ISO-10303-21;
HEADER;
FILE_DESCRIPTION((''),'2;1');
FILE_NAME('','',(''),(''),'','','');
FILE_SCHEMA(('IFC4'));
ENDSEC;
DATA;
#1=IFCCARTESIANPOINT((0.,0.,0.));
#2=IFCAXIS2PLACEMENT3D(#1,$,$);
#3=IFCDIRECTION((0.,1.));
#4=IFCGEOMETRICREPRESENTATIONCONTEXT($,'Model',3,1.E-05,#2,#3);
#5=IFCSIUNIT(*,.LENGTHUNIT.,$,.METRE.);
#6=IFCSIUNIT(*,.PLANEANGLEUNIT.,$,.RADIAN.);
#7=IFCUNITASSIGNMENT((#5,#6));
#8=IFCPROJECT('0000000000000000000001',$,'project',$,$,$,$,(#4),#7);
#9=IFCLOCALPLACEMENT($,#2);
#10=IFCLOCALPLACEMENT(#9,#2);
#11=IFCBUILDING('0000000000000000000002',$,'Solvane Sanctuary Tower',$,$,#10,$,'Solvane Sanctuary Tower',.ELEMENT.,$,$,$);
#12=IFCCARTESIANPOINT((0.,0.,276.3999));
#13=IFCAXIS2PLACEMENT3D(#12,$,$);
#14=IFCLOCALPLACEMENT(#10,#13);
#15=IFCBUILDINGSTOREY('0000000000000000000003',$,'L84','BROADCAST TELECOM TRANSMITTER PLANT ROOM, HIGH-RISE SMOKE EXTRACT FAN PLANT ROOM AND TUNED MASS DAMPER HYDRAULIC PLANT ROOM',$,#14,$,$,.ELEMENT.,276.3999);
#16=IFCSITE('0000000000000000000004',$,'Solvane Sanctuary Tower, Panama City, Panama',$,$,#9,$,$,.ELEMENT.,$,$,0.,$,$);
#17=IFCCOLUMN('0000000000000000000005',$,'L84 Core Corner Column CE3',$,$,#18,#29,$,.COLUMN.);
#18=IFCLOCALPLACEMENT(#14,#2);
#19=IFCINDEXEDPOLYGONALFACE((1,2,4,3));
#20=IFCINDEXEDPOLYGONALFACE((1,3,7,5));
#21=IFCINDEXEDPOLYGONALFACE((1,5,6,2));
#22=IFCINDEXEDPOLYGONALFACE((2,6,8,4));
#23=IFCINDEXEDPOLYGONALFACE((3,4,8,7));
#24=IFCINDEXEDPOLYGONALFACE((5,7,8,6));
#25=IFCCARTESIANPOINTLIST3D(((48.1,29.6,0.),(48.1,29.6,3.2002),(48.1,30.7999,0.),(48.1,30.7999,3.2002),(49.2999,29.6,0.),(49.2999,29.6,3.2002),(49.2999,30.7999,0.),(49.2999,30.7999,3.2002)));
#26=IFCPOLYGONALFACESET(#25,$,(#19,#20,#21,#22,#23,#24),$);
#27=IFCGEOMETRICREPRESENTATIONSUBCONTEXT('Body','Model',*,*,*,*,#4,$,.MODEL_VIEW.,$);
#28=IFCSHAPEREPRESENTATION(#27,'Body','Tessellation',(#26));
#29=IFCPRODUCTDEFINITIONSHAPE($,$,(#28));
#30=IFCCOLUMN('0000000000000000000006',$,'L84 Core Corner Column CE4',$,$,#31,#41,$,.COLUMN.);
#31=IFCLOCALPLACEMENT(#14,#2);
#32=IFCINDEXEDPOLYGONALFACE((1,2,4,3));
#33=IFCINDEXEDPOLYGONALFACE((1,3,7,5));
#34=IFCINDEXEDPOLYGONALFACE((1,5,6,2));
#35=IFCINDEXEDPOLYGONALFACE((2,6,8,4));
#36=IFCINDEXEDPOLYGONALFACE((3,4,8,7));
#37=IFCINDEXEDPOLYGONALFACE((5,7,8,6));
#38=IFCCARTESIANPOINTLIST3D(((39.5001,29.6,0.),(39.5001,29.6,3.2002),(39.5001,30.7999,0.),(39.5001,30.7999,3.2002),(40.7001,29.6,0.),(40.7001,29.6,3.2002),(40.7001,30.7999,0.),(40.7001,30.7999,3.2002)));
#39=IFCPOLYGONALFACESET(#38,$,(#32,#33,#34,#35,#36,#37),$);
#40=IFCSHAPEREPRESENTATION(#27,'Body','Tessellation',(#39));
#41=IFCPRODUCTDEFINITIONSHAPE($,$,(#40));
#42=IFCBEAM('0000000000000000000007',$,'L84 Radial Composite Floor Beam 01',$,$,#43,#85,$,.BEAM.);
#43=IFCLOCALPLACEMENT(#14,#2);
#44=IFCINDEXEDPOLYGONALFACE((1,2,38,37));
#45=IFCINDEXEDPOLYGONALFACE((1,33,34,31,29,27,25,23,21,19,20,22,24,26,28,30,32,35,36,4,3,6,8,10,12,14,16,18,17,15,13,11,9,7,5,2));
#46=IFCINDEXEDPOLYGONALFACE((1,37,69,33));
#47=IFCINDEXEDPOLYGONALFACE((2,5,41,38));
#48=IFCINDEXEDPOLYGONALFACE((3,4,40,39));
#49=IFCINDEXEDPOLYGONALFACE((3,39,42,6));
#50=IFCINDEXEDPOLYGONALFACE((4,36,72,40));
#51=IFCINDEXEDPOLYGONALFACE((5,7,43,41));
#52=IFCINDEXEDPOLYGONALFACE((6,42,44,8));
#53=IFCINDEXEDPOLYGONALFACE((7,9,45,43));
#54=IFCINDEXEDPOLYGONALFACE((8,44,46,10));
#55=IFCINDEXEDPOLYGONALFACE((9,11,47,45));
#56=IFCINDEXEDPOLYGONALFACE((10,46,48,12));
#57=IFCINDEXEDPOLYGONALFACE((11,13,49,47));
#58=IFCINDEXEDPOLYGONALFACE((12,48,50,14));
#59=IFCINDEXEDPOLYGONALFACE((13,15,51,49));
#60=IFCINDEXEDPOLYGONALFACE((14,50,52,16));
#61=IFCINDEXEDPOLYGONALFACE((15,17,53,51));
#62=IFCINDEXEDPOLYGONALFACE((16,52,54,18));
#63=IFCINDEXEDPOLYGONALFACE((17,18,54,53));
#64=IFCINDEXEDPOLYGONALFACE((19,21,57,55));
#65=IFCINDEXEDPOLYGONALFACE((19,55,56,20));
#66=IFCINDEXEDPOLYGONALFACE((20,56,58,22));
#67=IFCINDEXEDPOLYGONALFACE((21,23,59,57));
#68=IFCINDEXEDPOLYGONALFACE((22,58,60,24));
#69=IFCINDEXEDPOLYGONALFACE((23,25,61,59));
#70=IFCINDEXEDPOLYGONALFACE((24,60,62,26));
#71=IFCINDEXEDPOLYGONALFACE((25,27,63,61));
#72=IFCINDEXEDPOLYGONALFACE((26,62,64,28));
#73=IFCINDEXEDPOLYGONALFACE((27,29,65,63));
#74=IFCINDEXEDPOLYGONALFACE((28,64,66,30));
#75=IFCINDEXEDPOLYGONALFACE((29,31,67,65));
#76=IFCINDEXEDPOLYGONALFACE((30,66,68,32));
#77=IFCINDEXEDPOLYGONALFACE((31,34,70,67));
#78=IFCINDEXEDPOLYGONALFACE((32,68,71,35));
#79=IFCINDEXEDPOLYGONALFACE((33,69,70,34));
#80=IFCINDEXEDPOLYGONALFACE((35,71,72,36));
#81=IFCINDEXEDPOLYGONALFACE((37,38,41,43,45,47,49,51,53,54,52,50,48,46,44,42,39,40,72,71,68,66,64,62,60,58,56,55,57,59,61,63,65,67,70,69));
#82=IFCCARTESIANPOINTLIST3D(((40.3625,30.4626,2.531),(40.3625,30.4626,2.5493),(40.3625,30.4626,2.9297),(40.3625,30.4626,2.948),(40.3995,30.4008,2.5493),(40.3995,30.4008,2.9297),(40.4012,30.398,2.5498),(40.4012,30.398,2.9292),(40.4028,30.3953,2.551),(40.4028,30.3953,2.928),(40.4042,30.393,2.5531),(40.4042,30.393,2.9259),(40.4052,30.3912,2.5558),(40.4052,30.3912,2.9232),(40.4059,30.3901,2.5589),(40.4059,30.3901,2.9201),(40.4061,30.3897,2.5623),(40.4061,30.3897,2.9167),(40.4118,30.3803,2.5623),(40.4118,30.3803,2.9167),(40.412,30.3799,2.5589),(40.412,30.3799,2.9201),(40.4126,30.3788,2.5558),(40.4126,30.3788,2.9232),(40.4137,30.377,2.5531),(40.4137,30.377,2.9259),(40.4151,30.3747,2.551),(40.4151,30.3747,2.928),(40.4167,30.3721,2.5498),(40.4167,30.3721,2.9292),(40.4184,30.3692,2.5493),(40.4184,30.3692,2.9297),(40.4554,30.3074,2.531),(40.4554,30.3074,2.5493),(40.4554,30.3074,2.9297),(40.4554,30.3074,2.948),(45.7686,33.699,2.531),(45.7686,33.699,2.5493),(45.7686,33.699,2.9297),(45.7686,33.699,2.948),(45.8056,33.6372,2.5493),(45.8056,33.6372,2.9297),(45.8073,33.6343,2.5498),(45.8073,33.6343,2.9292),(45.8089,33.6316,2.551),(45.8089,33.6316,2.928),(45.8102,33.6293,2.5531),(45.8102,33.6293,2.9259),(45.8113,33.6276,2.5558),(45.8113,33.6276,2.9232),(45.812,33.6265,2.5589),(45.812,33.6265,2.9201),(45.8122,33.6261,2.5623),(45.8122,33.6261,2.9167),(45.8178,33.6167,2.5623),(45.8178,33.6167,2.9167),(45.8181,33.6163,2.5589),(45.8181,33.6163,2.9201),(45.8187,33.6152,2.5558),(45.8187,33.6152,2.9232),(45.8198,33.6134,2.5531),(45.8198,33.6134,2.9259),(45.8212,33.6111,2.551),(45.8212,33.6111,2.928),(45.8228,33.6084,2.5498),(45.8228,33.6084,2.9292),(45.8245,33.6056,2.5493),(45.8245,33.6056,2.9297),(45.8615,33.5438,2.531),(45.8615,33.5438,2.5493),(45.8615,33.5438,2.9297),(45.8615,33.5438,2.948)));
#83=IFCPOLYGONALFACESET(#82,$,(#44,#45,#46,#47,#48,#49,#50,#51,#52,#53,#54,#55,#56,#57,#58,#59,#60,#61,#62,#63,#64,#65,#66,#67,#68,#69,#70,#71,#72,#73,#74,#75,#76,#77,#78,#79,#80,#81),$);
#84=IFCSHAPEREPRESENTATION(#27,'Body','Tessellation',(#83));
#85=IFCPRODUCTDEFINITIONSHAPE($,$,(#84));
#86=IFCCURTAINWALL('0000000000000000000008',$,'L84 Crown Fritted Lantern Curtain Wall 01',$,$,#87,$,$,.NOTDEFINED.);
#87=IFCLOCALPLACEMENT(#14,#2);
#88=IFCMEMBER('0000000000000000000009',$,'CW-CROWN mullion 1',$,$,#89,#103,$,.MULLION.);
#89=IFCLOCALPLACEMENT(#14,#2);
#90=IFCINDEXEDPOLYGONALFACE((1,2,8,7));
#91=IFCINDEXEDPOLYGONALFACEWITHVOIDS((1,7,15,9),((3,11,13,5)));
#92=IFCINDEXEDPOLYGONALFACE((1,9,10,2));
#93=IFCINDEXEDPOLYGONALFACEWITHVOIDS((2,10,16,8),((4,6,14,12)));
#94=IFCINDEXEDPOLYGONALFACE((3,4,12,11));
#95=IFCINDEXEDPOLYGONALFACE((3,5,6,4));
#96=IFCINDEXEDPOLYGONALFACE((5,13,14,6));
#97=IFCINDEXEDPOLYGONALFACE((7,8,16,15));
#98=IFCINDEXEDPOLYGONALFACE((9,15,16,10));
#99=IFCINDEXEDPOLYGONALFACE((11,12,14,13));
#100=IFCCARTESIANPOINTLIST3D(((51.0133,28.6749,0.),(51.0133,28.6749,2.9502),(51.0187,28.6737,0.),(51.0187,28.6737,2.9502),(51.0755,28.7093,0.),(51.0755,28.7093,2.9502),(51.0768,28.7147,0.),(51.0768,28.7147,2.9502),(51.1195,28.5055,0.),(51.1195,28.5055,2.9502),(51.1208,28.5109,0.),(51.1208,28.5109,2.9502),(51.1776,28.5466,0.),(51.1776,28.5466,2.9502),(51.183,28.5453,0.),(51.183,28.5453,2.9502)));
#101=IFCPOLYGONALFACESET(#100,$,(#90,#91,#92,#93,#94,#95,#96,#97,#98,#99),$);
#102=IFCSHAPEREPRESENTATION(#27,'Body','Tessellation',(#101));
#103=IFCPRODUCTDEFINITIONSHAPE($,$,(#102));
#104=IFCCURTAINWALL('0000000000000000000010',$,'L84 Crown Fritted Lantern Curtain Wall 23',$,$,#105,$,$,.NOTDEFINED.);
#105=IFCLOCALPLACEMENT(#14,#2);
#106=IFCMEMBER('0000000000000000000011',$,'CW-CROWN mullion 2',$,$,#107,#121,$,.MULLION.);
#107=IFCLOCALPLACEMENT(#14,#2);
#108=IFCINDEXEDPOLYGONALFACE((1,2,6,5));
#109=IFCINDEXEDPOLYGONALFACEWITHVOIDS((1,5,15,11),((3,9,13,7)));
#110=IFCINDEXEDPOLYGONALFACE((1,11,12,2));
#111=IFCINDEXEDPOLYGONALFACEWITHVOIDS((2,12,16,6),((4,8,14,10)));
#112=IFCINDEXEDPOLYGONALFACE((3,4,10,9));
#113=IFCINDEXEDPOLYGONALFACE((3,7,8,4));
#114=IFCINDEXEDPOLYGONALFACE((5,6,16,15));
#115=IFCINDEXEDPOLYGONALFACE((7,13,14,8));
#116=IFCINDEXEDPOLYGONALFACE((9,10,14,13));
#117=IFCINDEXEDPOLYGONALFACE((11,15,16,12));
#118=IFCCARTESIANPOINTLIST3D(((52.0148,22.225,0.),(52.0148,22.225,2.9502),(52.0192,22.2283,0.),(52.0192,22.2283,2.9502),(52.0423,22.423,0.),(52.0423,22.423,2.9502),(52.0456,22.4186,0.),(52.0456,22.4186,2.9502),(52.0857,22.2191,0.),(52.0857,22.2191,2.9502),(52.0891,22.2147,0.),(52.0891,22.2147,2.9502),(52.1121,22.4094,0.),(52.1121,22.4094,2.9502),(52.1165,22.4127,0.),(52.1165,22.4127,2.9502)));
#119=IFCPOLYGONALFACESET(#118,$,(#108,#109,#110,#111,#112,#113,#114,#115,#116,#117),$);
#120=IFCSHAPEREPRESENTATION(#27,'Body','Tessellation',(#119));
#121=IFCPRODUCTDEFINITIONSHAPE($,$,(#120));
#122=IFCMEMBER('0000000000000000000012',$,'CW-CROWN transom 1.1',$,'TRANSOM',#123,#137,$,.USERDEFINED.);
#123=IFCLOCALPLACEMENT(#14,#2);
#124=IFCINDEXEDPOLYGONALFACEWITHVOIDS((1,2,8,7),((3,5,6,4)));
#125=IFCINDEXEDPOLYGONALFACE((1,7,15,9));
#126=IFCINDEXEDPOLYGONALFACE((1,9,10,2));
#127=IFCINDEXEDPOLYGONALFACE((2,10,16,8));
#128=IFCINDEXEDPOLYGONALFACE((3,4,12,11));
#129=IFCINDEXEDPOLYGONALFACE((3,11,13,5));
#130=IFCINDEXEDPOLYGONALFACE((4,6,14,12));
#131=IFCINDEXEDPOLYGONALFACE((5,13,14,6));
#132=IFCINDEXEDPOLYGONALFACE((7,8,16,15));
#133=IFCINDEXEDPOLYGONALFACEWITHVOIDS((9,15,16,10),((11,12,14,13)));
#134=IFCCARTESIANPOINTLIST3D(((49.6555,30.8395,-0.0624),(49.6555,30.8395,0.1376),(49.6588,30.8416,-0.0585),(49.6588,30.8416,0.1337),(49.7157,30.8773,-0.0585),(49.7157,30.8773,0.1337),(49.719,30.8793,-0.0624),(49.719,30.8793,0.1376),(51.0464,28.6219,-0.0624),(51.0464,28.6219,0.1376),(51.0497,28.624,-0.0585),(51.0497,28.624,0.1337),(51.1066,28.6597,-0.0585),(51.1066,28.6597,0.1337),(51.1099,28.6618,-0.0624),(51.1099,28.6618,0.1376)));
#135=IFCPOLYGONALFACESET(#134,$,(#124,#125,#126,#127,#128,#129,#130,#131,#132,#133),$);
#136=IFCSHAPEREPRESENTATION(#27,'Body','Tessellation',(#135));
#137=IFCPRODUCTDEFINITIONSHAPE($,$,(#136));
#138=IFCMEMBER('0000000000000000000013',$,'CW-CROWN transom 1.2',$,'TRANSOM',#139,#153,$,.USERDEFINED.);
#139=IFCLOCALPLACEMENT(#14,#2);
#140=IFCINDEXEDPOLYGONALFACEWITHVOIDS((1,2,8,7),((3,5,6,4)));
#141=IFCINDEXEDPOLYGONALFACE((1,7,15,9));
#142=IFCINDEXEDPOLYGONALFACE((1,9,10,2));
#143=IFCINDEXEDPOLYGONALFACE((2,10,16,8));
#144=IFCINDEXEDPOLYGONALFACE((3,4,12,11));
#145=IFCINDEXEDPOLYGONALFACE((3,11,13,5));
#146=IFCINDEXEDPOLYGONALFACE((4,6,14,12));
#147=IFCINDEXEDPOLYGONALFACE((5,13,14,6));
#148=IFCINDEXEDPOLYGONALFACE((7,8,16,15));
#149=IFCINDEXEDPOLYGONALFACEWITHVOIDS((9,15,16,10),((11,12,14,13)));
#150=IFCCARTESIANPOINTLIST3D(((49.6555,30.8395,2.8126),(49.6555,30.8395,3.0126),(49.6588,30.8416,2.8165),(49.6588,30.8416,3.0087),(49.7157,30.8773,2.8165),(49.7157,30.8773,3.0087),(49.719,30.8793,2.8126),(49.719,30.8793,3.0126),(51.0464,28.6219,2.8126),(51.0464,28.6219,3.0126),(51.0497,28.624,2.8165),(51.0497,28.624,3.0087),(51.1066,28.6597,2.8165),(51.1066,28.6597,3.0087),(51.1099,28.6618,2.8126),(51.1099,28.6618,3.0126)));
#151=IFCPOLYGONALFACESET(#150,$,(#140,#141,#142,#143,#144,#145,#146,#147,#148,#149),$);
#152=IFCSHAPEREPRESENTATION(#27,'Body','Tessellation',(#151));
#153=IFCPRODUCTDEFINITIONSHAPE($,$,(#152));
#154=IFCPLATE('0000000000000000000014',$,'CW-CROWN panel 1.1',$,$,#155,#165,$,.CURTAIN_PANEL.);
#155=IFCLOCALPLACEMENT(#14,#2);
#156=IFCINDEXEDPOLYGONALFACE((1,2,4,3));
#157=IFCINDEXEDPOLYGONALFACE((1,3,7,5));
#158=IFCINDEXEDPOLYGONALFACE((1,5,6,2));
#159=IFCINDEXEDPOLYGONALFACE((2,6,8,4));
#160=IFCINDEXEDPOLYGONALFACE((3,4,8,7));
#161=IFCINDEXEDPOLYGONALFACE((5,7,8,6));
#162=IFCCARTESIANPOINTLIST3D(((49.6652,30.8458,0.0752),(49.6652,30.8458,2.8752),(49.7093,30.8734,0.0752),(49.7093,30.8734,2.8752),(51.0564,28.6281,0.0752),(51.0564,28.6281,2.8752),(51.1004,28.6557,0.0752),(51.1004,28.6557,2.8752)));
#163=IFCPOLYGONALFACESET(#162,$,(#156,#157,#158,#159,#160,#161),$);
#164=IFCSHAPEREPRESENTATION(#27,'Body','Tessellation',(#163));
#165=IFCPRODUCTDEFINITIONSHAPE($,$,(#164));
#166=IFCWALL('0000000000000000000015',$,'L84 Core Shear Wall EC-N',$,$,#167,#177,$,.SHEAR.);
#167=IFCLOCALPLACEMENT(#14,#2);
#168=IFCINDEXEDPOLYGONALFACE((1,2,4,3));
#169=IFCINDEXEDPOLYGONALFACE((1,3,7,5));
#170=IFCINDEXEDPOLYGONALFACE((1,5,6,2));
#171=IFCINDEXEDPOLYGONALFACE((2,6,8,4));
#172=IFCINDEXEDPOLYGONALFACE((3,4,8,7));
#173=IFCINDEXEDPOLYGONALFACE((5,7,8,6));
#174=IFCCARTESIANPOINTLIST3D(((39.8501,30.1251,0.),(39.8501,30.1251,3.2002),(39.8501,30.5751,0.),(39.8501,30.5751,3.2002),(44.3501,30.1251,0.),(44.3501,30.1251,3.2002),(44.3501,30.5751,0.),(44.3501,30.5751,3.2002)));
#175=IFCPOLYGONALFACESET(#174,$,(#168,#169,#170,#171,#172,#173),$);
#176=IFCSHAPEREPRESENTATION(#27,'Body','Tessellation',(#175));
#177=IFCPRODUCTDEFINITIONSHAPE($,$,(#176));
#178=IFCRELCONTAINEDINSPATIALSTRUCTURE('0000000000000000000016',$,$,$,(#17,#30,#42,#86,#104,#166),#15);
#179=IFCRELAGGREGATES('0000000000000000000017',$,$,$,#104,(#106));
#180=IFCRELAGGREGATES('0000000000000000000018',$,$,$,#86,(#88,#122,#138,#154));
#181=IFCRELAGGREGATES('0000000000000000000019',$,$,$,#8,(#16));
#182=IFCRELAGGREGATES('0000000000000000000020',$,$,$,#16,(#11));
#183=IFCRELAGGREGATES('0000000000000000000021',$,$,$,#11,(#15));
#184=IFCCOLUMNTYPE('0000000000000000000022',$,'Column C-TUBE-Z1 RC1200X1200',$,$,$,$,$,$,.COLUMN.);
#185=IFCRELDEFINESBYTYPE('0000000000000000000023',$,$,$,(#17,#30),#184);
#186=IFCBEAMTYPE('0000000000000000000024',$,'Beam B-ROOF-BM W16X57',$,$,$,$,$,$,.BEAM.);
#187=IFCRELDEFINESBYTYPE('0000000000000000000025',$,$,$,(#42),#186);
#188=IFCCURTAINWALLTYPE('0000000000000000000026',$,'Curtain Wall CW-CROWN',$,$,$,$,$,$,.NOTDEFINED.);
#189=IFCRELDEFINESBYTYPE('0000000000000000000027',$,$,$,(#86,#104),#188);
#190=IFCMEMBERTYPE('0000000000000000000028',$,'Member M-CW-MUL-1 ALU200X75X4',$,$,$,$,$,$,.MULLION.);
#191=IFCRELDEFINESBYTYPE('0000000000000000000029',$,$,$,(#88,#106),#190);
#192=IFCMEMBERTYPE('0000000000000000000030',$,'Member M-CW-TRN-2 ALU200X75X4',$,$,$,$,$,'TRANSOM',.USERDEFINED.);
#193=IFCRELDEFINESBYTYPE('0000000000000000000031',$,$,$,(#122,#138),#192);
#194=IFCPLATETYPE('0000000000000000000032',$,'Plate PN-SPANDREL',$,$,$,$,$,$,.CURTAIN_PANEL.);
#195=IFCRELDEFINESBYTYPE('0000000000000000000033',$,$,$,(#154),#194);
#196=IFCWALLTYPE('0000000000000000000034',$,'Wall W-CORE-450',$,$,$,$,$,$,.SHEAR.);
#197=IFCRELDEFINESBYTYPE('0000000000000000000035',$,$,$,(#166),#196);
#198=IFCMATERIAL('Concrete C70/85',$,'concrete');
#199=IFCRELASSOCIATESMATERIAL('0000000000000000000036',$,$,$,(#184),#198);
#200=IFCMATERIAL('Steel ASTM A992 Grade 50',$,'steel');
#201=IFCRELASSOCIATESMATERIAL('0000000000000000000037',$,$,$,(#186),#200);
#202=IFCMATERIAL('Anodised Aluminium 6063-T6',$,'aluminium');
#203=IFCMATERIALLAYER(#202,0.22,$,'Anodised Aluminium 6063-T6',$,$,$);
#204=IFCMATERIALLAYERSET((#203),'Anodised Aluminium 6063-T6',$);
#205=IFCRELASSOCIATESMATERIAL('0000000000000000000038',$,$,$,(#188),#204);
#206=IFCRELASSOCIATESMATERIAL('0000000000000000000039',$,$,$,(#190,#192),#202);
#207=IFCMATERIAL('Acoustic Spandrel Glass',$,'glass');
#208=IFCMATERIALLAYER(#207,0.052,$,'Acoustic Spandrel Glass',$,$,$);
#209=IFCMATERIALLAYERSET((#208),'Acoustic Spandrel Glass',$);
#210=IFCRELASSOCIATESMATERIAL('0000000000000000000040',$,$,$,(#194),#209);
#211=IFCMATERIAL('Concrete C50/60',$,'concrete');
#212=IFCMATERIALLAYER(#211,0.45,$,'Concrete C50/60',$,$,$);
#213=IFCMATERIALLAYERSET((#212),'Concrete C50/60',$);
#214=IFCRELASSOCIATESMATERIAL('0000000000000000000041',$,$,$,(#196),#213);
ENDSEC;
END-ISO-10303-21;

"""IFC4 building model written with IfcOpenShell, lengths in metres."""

from ifc_helpers import new_model, si_unit, direction, frame, frame_2d, origin, origin_2d, place, context, subcontext, project, spatial, rectangle, hollow_rectangle, i_section, extrude, material, layer, layer_set, material_profile, profile_set, type_object, element, aggregate, save


model = new_model("IFC4")

# Units and contexts
model_context = context("Model", 3, precision=1e-05, world=origin(), true_north=direction((0.0, 1.0)))
body_context = subcontext(model_context, "Body", "Model", "MODEL_VIEW")
ifc_project = project(units=[si_unit("LENGTHUNIT", "METRE"), si_unit("PLANEANGLEUNIT", "RADIAN")], contexts=[model_context])

# Site, building, storey
site_placement = place(None, origin())
site = spatial("IfcSite", under=ifc_project, at=site_placement, Name="Solvane Sanctuary Tower, Panama City, Panama", CompositionType="ELEMENT", RefElevation=0.0)
building_placement = place(site_placement, origin())
building = spatial("IfcBuilding", under=site, at=building_placement, Name="Solvane Sanctuary Tower", LongName="Solvane Sanctuary Tower", CompositionType="ELEMENT")
storey_placement = place(building_placement, frame((0.0, 0.0, 276.3999)))
storey = spatial("IfcBuildingStorey", under=building, at=storey_placement, Name="L84", Description="BROADCAST TELECOM TRANSMITTER PLANT ROOM, HIGH-RISE SMOKE EXTRACT FAN PLANT ROOM AND TUNED MASS DAMPER HYDRAULIC PLANT ROOM", CompositionType="ELEMENT", Elevation=276.3999)

# Columns
ifc_material_1 = material(Name="Concrete C70/85", Category="concrete")
ifc_material_profile_1 = material_profile(ifc_material_1, rectangle(XDim=1.2, YDim=1.2, at=origin_2d()), Name="RC1200X1200")
ifc_profile_set_1 = profile_set([ifc_material_profile_1], Name="Concrete C70/85")
column_type = type_object("IfcColumnType", Name="Column C-TUBE-Z1 RC1200X1200", PredefinedType="COLUMN", material=ifc_profile_set_1)
for number, where, z_axis, x_axis, name in (
    (1, (48.7, 30.2, 0.0), (0.0, 0.0, 1.0), (1.0, 0.0, 0.0), "L84 Core Corner Column CE3"),
    (2, (40.1001, 30.2, 0.0), (0.0, 0.0, 1.0), (1.0, 0.0, 0.0), "L84 Core Corner Column CE4"),
):
    element("IfcColumn", number, at=place(storey_placement, frame(where, z_axis=z_axis, x_axis=x_axis)), inside=storey, type_object=column_type, Name=name, PredefinedType="COLUMN", context=body_context, shape_type="SweptSolid", body=[
        extrude(rectangle(XDim=1.2, YDim=1.2, at=origin_2d()), origin(), (0.0, 0.0, 1.0), 3.2002),
    ])

# Beam
ifc_material_2 = material(Name="Steel ASTM A992 Grade 50", Category="steel")
ifc_material_profile_2 = material_profile(ifc_material_2, i_section(OverallWidth=0.1809, OverallDepth=0.417, WebThickness=0.011, FlangeThickness=0.0183, FilletRadius=0.0129, at=origin_2d()), Name="W16X57")
ifc_profile_set_2 = profile_set([ifc_material_profile_2], Name="Steel ASTM A992 Grade 50")
beam_type = type_object("IfcBeamType", Name="Beam B-ROOF-BM W16X57", PredefinedType="BEAM", material=ifc_profile_set_2)
beam_placement = place(storey_placement, frame((40.4089, 30.385, 2.7395), z_axis=(0.858002, 0.513646, 0.0), x_axis=(-0.513646, 0.858002, 0.0)))
element("IfcBeam", 3, at=beam_placement, inside=storey, type_object=beam_type, Name="L84 Radial Composite Floor Beam 01", PredefinedType="BEAM", context=body_context, shape_type="SweptSolid", body=[
    extrude(i_section(OverallWidth=0.1809, OverallDepth=0.417, WebThickness=0.011, FlangeThickness=0.0183, FilletRadius=0.0129, at=origin_2d()), origin(), (0.0, 0.0, 1.0), 6.3008),
])

# Curtain walls, members
ifc_material_3 = material(Name="Anodised Aluminium 6063-T6", Category="aluminium")
ifc_layer_1 = layer(ifc_material_3, 0.22, Name="Anodised Aluminium 6063-T6")
ifc_layer_set_1 = layer_set([ifc_layer_1], Name="Anodised Aluminium 6063-T6")
curtain_wall_type = type_object("IfcCurtainWallType", Name="Curtain Wall CW-CROWN", PredefinedType="NOTDEFINED", material=ifc_layer_set_1)
curtain_wall_1_placement = place(storey_placement, origin())
curtain_wall_1 = element("IfcCurtainWall", 4, at=curtain_wall_1_placement, inside=storey, type_object=curtain_wall_type, Name="L84 Crown Fritted Lantern Curtain Wall 01", PredefinedType="NOTDEFINED")
ifc_material_profile_3 = material_profile(ifc_material_3, hollow_rectangle(XDim=0.075, YDim=0.2, WallThickness=0.0039, at=origin_2d()), Name="ALU200X75X4")
ifc_profile_set_3 = profile_set([ifc_material_profile_3], Name="Anodised Aluminium 6063-T6")
member_type_1 = type_object("IfcMemberType", Name="Member M-CW-MUL-1 ALU200X75X4", PredefinedType="MULLION", material=ifc_profile_set_3)
member_1_placement = place(storey_placement, frame((51.0981, 28.6101, 0.0), z_axis=(0.0, 0.0, 1.0), x_axis=(-0.847126, -0.531391, 0.0)))
member_1 = element("IfcMember", 5, at=member_1_placement, type_object=member_type_1, Name="CW-CROWN mullion 1", PredefinedType="MULLION", context=body_context, shape_type="SweptSolid", body=[
    extrude(hollow_rectangle(XDim=0.075, YDim=0.2, WallThickness=0.0039, at=origin_2d()), origin(), (0.0, 0.0, 1.0), 2.9502),
])
curtain_wall_2_placement = place(storey_placement, origin())
curtain_wall_2 = element("IfcCurtainWall", 6, at=curtain_wall_2_placement, inside=storey, type_object=curtain_wall_type, Name="L84 Crown Fritted Lantern Curtain Wall 23", PredefinedType="NOTDEFINED")
member_2_placement = place(storey_placement, frame((52.0657, 22.3188, 0.0), z_axis=(0.0, 0.0, 1.0), x_axis=(-0.99054, 0.137223, 0.0)))
member_2 = element("IfcMember", 7, at=member_2_placement, type_object=member_type_1, Name="CW-CROWN mullion 2", PredefinedType="MULLION", context=body_context, shape_type="SweptSolid", body=[
    extrude(hollow_rectangle(XDim=0.075, YDim=0.2, WallThickness=0.0039, at=origin_2d()), origin(), (0.0, 0.0, 1.0), 2.9502),
])
aggregate(curtain_wall_2, [member_2])

# Members
ifc_material_profile_4 = material_profile(ifc_material_3, hollow_rectangle(XDim=0.075, YDim=0.2, WallThickness=0.0039, at=origin_2d()), Name="ALU200X75X4")
ifc_profile_set_4 = profile_set([ifc_material_profile_4], Name="Anodised Aluminium 6063-T6")
member_type_2 = type_object("IfcMemberType", Name="Member M-CW-TRN-2 ALU200X75X4", ElementType="TRANSOM", PredefinedType="USERDEFINED", material=ifc_profile_set_4)
member_3_placement = place(storey_placement, frame((51.0781, 28.6418, 0.0376), z_axis=(-0.531348, 0.847154, 0.0), x_axis=(-0.847154, -0.531348, 0.0)))
member_3 = element("IfcMember", 8, at=member_3_placement, type_object=member_type_2, Name="CW-CROWN transom 1.1", ObjectType="TRANSOM", PredefinedType="USERDEFINED", context=body_context, shape_type="SweptSolid", body=[
    extrude(hollow_rectangle(XDim=0.075, YDim=0.2, WallThickness=0.0039, at=origin_2d()), origin(), (0.0, 0.0, 1.0), 2.6177),
])
member_4_placement = place(storey_placement, frame((51.0781, 28.6418, 2.9126), z_axis=(-0.531348, 0.847154, 0.0), x_axis=(-0.847154, -0.531348, 0.0)))
member_4 = element("IfcMember", 9, at=member_4_placement, type_object=member_type_2, Name="CW-CROWN transom 1.2", ObjectType="TRANSOM", PredefinedType="USERDEFINED", context=body_context, shape_type="SweptSolid", body=[
    extrude(hollow_rectangle(XDim=0.075, YDim=0.2, WallThickness=0.0039, at=origin_2d()), origin(), (0.0, 0.0, 1.0), 2.6177),
])

# Plate
ifc_material_4 = material(Name="Acoustic Spandrel Glass", Category="glass")
ifc_layer_2 = layer(ifc_material_4, 0.052, Name="Acoustic Spandrel Glass")
ifc_layer_set_2 = layer_set([ifc_layer_2], Name="Acoustic Spandrel Glass")
plate_type = type_object("IfcPlateType", Name="Plate PN-SPANDREL", PredefinedType="CURTAIN_PANEL", material=ifc_layer_set_2)
plate_placement = place(storey_placement, frame((50.3828, 29.7507, 0.0752), z_axis=(0.0, 0.0, 1.0), x_axis=(-0.531391, 0.847126, 0.0)))
plate = element("IfcPlate", 10, at=plate_placement, type_object=plate_type, Name="CW-CROWN panel 1.1", PredefinedType="CURTAIN_PANEL", context=body_context, shape_type="SweptSolid", body=[
    extrude(rectangle(XDim=2.6179, YDim=0.052, at=origin_2d()), origin(), (0.0, 0.0, 1.0), 2.8),
])
aggregate(curtain_wall_1, [member_1, member_3, member_4, plate])

# Wall
ifc_material_5 = material(Name="Concrete C50/60", Category="concrete")
ifc_layer_3 = layer(ifc_material_5, 0.45, Name="Concrete C50/60")
ifc_layer_set_3 = layer_set([ifc_layer_3], Name="Concrete C50/60")
wall_type_1 = type_object("IfcWallType", Name="Wall W-CORE-450", PredefinedType="SHEAR", material=ifc_layer_set_3)
wall_1_placement = place(storey_placement, frame((39.8501, 30.3501, 0.0), z_axis=(0.0, 0.0, 1.0), x_axis=(1.0, 0.0, 0.0)))
element("IfcWall", 11, at=wall_1_placement, inside=storey, type_object=wall_type_1, Name="L84 Core Shear Wall EC-N", PredefinedType="SHEAR", context=body_context, shape_type="SweptSolid", body=[
    extrude(rectangle(XDim=4.5, YDim=0.45, at=frame_2d((2.25, 0.0))), origin(), (0.0, 0.0, 1.0), 3.2002),
])

save(model, "model.ifc")
